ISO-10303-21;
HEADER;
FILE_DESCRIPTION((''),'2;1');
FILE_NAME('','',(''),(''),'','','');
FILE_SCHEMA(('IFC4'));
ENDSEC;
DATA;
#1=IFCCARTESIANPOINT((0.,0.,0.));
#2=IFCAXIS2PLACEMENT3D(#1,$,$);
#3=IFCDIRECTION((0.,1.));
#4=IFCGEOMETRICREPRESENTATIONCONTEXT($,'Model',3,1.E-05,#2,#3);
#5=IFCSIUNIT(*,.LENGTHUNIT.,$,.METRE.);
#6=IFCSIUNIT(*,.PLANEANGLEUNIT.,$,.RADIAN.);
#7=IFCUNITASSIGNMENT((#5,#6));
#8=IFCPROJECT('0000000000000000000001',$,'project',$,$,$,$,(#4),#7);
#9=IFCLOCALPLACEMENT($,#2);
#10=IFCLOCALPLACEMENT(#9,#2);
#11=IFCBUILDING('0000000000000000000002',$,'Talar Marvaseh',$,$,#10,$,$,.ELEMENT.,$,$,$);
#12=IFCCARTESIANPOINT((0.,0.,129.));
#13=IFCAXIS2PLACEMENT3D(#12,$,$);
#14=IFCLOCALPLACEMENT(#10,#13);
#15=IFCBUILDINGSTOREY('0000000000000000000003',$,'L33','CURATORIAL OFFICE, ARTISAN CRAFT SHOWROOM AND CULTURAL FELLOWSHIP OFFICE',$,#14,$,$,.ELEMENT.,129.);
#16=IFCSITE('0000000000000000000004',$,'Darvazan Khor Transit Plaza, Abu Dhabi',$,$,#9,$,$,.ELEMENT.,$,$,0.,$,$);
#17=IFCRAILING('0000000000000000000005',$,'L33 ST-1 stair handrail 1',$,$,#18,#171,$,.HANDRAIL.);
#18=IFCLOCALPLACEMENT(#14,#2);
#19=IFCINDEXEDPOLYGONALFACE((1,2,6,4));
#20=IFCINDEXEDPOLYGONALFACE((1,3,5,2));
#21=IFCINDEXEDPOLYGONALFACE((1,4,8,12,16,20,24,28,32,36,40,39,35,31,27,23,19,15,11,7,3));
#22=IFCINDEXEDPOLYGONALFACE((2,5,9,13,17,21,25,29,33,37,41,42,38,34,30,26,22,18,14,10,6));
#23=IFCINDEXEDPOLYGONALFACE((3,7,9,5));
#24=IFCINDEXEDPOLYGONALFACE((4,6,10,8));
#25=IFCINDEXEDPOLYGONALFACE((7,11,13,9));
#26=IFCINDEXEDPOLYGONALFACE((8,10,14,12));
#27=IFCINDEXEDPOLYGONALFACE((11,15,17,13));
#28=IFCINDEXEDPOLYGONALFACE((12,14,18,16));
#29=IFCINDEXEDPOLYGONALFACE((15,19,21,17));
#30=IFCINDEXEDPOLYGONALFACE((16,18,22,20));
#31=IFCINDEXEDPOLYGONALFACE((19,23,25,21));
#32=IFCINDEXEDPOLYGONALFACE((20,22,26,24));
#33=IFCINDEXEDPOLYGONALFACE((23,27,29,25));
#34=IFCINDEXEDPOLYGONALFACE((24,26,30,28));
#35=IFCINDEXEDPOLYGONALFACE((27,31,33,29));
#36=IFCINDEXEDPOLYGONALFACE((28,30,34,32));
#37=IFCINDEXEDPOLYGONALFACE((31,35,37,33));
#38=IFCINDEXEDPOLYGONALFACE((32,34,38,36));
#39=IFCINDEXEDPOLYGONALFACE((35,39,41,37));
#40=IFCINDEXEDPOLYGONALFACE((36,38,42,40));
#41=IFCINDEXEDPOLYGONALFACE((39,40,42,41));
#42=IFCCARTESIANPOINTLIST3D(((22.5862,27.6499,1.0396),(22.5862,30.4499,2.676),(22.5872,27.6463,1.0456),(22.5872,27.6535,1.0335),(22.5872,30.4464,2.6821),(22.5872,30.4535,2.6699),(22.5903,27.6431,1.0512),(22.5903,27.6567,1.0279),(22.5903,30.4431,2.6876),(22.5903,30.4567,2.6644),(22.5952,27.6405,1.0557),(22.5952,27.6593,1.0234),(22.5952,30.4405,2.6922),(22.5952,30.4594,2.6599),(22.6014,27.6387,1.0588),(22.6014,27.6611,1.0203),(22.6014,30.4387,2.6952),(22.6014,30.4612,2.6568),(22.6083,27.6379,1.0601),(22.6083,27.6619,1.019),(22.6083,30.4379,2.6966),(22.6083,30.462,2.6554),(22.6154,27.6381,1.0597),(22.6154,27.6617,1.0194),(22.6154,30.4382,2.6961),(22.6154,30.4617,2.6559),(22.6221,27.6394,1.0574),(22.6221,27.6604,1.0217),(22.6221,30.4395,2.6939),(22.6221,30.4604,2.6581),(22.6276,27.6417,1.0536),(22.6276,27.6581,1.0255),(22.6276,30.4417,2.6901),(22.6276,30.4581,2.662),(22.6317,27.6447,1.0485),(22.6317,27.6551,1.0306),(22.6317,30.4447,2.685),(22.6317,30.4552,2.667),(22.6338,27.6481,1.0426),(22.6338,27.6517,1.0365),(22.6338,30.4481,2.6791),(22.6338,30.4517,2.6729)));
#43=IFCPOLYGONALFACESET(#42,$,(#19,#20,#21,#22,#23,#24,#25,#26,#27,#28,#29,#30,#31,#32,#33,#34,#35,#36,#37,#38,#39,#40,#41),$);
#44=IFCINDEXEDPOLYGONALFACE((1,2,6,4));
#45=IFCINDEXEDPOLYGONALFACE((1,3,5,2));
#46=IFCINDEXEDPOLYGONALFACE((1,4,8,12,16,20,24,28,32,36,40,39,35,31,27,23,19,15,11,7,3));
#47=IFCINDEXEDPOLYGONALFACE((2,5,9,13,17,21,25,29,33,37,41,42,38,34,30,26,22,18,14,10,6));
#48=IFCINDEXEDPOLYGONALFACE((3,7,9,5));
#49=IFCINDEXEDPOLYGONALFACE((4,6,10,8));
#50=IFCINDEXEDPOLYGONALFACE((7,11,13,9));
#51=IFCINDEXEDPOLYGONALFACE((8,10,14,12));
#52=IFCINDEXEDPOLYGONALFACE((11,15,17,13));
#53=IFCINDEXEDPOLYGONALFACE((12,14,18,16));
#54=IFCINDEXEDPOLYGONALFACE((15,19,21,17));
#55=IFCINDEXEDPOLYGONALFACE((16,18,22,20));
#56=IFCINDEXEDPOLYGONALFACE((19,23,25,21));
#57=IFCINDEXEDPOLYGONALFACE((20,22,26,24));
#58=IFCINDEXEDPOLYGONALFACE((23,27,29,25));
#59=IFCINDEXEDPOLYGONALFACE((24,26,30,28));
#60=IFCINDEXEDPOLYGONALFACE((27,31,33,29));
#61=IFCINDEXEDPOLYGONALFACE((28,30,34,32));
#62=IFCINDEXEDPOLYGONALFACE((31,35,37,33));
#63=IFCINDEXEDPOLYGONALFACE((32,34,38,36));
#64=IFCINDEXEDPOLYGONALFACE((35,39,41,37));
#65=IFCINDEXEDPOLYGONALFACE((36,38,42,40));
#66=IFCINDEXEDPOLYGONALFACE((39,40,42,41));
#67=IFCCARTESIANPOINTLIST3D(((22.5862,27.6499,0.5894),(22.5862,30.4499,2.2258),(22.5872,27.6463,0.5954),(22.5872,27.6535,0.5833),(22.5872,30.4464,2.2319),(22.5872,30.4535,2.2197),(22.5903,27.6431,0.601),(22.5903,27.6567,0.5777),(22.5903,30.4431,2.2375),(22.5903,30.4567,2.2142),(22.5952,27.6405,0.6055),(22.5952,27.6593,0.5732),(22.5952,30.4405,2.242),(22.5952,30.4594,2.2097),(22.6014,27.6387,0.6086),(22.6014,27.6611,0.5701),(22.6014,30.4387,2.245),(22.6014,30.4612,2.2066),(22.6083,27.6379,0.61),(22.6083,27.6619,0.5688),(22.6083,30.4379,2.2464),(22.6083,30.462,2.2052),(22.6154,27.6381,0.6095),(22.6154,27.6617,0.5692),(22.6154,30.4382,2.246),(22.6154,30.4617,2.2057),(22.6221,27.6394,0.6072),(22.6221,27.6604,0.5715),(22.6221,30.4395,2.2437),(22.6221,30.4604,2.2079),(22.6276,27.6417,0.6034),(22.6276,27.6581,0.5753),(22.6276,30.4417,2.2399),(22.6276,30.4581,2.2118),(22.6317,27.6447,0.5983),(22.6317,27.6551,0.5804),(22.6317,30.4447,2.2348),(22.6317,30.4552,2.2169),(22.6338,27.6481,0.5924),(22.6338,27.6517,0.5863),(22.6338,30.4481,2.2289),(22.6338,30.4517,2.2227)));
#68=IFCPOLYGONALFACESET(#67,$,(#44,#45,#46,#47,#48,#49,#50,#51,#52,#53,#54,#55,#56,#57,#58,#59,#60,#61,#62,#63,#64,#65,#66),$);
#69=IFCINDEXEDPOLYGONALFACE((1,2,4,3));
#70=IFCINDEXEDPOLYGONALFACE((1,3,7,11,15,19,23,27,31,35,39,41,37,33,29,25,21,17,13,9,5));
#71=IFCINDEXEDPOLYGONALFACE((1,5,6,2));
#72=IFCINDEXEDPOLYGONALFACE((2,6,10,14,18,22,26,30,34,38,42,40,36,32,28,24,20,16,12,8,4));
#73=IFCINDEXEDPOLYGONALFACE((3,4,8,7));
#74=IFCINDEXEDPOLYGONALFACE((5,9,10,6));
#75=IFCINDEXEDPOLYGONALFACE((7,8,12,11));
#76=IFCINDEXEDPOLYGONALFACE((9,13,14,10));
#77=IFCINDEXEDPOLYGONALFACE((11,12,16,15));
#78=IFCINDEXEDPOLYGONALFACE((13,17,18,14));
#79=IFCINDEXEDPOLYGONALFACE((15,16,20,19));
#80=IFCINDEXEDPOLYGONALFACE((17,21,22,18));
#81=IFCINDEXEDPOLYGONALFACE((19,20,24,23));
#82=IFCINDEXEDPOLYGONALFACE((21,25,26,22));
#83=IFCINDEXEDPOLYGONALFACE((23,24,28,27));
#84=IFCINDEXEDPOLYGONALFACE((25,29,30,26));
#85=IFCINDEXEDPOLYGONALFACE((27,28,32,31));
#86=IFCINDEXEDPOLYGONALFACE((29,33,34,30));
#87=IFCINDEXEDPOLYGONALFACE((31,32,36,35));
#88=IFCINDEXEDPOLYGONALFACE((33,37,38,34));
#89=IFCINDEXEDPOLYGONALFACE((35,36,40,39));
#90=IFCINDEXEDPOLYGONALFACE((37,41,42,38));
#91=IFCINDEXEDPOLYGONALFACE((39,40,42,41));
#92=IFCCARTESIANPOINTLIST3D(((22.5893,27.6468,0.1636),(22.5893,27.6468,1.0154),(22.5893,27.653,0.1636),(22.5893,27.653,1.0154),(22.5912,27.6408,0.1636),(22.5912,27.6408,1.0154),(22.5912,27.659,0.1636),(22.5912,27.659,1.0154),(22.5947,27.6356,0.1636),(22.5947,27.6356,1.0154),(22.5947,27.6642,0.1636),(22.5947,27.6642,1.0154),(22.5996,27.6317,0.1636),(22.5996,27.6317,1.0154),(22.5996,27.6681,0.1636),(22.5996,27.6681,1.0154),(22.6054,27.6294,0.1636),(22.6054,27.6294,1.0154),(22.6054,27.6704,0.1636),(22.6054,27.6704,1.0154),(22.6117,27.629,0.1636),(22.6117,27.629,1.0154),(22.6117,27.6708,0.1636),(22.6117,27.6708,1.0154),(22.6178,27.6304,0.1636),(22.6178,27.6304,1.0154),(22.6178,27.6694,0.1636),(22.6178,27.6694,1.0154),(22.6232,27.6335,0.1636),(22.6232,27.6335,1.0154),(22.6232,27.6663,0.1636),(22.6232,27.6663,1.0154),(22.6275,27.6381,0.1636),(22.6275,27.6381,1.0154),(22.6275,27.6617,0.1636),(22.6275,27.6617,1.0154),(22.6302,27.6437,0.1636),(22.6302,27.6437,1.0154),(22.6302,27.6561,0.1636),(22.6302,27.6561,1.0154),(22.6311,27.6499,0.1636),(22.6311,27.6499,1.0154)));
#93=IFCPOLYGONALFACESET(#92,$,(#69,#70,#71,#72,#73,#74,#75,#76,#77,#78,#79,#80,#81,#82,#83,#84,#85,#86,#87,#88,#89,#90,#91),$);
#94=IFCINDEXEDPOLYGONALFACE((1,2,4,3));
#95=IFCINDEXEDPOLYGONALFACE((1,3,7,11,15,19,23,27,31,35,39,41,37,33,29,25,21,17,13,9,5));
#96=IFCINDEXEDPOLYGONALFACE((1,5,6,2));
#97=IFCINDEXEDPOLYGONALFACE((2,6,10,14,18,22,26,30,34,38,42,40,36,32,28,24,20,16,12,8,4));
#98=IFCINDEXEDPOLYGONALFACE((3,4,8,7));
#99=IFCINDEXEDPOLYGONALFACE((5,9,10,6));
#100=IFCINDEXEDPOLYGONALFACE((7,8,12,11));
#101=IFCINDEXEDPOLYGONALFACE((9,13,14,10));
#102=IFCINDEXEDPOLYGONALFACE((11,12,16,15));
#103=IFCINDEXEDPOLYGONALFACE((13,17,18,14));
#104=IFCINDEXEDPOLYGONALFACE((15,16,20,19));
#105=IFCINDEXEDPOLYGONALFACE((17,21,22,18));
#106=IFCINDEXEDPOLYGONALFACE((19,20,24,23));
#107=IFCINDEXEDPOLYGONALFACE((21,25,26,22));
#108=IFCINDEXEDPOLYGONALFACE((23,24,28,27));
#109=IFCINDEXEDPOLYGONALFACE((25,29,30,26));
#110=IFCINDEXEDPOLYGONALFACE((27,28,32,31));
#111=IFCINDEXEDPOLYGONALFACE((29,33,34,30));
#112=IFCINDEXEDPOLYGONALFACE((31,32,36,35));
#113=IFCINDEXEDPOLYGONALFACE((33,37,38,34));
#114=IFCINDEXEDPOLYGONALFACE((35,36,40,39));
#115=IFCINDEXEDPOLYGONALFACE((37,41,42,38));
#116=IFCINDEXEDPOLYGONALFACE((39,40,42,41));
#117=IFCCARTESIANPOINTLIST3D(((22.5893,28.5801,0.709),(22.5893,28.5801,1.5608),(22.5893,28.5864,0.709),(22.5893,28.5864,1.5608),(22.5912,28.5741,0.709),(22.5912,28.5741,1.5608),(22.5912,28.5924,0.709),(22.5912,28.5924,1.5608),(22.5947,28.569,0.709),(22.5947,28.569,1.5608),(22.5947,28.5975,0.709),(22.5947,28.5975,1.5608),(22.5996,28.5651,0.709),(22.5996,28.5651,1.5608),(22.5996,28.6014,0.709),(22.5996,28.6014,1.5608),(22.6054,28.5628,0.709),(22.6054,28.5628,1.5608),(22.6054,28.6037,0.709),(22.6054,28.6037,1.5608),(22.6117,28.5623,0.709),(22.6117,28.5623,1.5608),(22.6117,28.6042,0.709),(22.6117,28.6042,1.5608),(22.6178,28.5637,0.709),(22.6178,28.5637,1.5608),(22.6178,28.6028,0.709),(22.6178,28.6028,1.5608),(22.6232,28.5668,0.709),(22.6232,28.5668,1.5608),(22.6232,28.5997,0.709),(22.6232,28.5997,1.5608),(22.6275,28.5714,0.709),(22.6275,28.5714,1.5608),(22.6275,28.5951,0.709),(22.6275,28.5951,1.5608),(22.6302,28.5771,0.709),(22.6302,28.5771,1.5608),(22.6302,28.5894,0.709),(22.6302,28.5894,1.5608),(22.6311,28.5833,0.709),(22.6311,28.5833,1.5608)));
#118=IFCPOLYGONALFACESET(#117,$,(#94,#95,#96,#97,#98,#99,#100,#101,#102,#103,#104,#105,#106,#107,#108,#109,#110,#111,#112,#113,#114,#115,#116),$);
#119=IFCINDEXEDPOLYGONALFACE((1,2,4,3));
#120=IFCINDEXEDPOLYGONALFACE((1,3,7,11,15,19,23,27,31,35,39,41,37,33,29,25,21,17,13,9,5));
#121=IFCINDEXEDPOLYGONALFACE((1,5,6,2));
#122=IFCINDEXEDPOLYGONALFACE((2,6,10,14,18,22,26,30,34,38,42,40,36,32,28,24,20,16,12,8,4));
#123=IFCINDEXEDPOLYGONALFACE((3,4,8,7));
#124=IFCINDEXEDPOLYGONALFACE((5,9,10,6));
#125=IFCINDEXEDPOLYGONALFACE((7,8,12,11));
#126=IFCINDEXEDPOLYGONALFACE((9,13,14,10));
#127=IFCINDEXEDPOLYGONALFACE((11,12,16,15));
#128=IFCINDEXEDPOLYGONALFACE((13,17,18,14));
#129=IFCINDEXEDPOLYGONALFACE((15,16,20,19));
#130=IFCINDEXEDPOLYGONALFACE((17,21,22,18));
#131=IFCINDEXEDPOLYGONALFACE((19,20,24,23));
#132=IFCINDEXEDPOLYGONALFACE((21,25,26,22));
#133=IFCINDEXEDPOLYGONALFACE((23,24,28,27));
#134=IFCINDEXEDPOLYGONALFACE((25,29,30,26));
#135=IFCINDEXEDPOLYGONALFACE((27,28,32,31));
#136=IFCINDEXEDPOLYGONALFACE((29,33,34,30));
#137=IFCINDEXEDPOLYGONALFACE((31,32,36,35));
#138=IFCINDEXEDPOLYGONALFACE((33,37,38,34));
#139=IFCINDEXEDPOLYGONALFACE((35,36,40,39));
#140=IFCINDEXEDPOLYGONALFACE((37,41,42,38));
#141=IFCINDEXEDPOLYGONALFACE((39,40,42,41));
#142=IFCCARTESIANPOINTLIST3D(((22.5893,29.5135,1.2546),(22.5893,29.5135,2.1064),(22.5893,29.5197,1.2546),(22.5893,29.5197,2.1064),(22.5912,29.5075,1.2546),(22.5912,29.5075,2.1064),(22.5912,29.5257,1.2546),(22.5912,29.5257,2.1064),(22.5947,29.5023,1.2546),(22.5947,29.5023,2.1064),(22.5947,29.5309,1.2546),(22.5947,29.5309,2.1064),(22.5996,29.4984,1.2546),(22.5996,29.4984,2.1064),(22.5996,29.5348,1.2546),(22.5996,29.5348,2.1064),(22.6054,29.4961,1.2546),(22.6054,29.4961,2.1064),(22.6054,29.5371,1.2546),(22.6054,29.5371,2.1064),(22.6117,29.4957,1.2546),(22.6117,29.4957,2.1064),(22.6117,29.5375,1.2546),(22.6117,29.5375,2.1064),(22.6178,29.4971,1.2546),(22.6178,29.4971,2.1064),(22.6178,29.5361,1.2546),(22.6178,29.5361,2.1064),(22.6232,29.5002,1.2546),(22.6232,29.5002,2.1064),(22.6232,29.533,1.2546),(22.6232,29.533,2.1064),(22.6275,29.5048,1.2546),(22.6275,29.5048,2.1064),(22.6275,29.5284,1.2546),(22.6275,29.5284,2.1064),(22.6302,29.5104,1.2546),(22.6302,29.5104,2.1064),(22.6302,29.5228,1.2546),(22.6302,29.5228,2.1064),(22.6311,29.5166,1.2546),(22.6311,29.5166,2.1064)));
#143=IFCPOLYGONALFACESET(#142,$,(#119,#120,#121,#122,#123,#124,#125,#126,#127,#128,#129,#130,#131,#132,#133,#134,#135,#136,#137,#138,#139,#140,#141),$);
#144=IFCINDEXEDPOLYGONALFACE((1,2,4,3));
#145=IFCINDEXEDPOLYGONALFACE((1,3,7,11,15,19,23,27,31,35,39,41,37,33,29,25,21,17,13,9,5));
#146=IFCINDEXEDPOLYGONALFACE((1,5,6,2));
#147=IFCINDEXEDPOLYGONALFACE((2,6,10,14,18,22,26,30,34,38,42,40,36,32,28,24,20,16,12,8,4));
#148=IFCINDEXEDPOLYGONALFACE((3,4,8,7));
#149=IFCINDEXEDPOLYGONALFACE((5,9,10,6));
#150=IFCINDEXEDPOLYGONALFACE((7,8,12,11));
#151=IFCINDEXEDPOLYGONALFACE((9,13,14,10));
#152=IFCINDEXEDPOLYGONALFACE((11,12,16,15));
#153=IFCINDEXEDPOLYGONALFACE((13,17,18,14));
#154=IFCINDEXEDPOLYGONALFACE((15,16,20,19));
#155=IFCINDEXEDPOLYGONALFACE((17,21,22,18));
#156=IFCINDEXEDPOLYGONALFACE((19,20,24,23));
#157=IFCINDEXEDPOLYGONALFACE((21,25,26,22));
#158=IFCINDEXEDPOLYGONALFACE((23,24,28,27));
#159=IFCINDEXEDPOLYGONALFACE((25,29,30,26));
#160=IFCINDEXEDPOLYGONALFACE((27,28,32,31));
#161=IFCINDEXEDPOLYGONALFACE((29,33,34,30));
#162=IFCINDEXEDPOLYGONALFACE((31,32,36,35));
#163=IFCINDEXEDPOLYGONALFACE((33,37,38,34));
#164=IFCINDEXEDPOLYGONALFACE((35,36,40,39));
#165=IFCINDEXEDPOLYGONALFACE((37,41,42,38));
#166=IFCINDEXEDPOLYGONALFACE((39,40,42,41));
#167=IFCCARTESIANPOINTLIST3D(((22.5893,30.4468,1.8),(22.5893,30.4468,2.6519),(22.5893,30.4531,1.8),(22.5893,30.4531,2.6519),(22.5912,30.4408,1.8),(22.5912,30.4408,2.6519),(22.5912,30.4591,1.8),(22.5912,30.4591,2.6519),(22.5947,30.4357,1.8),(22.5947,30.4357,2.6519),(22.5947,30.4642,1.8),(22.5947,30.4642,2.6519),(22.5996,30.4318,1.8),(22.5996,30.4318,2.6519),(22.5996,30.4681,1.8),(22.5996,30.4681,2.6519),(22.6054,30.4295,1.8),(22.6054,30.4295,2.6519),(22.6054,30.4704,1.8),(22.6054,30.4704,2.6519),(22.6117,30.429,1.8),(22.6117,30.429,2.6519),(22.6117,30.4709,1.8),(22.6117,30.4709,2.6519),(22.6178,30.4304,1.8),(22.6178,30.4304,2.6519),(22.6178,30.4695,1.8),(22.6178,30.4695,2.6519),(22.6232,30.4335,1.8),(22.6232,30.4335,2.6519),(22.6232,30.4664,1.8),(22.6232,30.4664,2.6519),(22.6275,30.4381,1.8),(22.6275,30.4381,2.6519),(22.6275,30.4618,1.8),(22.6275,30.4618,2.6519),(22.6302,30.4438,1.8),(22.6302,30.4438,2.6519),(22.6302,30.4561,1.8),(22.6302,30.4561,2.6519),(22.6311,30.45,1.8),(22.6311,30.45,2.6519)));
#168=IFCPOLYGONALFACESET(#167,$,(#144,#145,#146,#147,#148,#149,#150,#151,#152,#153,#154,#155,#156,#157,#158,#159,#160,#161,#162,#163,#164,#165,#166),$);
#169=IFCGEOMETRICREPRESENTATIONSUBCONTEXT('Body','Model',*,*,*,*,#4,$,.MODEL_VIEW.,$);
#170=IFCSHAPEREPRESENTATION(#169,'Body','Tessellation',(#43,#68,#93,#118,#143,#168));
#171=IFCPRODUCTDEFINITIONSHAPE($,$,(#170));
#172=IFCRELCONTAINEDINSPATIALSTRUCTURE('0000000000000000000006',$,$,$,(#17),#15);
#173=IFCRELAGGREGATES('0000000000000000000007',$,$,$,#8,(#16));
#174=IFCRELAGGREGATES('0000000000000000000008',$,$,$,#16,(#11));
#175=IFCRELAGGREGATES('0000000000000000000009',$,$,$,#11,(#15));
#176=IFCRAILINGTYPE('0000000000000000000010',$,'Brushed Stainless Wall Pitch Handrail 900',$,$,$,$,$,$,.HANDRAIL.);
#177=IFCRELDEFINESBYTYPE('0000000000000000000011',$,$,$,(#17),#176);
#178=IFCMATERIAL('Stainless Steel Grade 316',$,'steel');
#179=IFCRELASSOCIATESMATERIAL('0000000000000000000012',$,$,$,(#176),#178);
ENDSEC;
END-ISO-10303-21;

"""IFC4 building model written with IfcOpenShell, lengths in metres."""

from ifc_helpers import new_model, si_unit, direction, frame, origin, origin_2d, place, context, subcontext, project, spatial, circle, extrude, material, type_object, element, save


model = new_model("IFC4")

# Units and contexts
model_context = context("Model", 3, precision=1e-05, world=origin(), true_north=direction((0.0, 1.0)))
body_context = subcontext(model_context, "Body", "Model", "MODEL_VIEW")
ifc_project = project(units=[si_unit("LENGTHUNIT", "METRE"), si_unit("PLANEANGLEUNIT", "RADIAN")], contexts=[model_context])

# Site, building, storey
site_placement = place(None, origin())
site = spatial("IfcSite", under=ifc_project, at=site_placement, Name="Darvazan Khor Transit Plaza, Abu Dhabi", CompositionType="ELEMENT", RefElevation=0.0)
building_placement = place(site_placement, origin())
building = spatial("IfcBuilding", under=site, at=building_placement, Name="Talar Marvaseh", CompositionType="ELEMENT")
storey_placement = place(building_placement, frame((0.0, 0.0, 129.0)))
storey = spatial("IfcBuildingStorey", under=building, at=storey_placement, Name="L33", Description="CURATORIAL OFFICE, ARTISAN CRAFT SHOWROOM AND CULTURAL FELLOWSHIP OFFICE", CompositionType="ELEMENT", Elevation=129.0)

# Railing
ifc_material_1 = material(Name="Stainless Steel Grade 316", Category="steel")
railing_type_1 = type_object("IfcRailingType", Name="Brushed Stainless Wall Pitch Handrail 900", PredefinedType="HANDRAIL", material=ifc_material_1)
railing_1_placement = place(storey_placement, frame((22.6101, 27.6499, 0.1636)))
element("IfcRailing", 1, at=railing_1_placement, inside=storey, type_object=railing_type_1, Name="L33 ST-1 stair handrail 1", PredefinedType="HANDRAIL", context=body_context, shape_type="SweptSolid", body=[
    extrude(circle(Radius=0.0239, at=origin_2d()), frame((0.0, 0.0, 0.876), z_axis=(0.0, 0.863361, 0.504587), x_axis=(-1.0, 0.0, 0.0)), (0.0, 0.0, 1.0), 3.2432),
    extrude(circle(Radius=0.0239, at=origin_2d()), frame((0.0, 0.0, 0.4258), z_axis=(0.0, 0.863361, 0.504587), x_axis=(-1.0, 0.0, 0.0)), (0.0, 0.0, 1.0), 3.2432),
    extrude(circle(Radius=0.021, at=origin_2d()), origin(), (0.0, 0.0, 1.0), 0.8518),
    extrude(circle(Radius=0.021, at=origin_2d()), frame((0.0, 0.9333, 0.5454)), (0.0, 0.0, 1.0), 0.8518),
    extrude(circle(Radius=0.021, at=origin_2d()), frame((0.0, 1.8667, 1.0911)), (0.0, 0.0, 1.0), 0.8518),
    extrude(circle(Radius=0.021, at=origin_2d()), frame((0.0, 2.8, 1.6365)), (0.0, 0.0, 1.0), 0.8518),
])

save(model, "model.ifc")
